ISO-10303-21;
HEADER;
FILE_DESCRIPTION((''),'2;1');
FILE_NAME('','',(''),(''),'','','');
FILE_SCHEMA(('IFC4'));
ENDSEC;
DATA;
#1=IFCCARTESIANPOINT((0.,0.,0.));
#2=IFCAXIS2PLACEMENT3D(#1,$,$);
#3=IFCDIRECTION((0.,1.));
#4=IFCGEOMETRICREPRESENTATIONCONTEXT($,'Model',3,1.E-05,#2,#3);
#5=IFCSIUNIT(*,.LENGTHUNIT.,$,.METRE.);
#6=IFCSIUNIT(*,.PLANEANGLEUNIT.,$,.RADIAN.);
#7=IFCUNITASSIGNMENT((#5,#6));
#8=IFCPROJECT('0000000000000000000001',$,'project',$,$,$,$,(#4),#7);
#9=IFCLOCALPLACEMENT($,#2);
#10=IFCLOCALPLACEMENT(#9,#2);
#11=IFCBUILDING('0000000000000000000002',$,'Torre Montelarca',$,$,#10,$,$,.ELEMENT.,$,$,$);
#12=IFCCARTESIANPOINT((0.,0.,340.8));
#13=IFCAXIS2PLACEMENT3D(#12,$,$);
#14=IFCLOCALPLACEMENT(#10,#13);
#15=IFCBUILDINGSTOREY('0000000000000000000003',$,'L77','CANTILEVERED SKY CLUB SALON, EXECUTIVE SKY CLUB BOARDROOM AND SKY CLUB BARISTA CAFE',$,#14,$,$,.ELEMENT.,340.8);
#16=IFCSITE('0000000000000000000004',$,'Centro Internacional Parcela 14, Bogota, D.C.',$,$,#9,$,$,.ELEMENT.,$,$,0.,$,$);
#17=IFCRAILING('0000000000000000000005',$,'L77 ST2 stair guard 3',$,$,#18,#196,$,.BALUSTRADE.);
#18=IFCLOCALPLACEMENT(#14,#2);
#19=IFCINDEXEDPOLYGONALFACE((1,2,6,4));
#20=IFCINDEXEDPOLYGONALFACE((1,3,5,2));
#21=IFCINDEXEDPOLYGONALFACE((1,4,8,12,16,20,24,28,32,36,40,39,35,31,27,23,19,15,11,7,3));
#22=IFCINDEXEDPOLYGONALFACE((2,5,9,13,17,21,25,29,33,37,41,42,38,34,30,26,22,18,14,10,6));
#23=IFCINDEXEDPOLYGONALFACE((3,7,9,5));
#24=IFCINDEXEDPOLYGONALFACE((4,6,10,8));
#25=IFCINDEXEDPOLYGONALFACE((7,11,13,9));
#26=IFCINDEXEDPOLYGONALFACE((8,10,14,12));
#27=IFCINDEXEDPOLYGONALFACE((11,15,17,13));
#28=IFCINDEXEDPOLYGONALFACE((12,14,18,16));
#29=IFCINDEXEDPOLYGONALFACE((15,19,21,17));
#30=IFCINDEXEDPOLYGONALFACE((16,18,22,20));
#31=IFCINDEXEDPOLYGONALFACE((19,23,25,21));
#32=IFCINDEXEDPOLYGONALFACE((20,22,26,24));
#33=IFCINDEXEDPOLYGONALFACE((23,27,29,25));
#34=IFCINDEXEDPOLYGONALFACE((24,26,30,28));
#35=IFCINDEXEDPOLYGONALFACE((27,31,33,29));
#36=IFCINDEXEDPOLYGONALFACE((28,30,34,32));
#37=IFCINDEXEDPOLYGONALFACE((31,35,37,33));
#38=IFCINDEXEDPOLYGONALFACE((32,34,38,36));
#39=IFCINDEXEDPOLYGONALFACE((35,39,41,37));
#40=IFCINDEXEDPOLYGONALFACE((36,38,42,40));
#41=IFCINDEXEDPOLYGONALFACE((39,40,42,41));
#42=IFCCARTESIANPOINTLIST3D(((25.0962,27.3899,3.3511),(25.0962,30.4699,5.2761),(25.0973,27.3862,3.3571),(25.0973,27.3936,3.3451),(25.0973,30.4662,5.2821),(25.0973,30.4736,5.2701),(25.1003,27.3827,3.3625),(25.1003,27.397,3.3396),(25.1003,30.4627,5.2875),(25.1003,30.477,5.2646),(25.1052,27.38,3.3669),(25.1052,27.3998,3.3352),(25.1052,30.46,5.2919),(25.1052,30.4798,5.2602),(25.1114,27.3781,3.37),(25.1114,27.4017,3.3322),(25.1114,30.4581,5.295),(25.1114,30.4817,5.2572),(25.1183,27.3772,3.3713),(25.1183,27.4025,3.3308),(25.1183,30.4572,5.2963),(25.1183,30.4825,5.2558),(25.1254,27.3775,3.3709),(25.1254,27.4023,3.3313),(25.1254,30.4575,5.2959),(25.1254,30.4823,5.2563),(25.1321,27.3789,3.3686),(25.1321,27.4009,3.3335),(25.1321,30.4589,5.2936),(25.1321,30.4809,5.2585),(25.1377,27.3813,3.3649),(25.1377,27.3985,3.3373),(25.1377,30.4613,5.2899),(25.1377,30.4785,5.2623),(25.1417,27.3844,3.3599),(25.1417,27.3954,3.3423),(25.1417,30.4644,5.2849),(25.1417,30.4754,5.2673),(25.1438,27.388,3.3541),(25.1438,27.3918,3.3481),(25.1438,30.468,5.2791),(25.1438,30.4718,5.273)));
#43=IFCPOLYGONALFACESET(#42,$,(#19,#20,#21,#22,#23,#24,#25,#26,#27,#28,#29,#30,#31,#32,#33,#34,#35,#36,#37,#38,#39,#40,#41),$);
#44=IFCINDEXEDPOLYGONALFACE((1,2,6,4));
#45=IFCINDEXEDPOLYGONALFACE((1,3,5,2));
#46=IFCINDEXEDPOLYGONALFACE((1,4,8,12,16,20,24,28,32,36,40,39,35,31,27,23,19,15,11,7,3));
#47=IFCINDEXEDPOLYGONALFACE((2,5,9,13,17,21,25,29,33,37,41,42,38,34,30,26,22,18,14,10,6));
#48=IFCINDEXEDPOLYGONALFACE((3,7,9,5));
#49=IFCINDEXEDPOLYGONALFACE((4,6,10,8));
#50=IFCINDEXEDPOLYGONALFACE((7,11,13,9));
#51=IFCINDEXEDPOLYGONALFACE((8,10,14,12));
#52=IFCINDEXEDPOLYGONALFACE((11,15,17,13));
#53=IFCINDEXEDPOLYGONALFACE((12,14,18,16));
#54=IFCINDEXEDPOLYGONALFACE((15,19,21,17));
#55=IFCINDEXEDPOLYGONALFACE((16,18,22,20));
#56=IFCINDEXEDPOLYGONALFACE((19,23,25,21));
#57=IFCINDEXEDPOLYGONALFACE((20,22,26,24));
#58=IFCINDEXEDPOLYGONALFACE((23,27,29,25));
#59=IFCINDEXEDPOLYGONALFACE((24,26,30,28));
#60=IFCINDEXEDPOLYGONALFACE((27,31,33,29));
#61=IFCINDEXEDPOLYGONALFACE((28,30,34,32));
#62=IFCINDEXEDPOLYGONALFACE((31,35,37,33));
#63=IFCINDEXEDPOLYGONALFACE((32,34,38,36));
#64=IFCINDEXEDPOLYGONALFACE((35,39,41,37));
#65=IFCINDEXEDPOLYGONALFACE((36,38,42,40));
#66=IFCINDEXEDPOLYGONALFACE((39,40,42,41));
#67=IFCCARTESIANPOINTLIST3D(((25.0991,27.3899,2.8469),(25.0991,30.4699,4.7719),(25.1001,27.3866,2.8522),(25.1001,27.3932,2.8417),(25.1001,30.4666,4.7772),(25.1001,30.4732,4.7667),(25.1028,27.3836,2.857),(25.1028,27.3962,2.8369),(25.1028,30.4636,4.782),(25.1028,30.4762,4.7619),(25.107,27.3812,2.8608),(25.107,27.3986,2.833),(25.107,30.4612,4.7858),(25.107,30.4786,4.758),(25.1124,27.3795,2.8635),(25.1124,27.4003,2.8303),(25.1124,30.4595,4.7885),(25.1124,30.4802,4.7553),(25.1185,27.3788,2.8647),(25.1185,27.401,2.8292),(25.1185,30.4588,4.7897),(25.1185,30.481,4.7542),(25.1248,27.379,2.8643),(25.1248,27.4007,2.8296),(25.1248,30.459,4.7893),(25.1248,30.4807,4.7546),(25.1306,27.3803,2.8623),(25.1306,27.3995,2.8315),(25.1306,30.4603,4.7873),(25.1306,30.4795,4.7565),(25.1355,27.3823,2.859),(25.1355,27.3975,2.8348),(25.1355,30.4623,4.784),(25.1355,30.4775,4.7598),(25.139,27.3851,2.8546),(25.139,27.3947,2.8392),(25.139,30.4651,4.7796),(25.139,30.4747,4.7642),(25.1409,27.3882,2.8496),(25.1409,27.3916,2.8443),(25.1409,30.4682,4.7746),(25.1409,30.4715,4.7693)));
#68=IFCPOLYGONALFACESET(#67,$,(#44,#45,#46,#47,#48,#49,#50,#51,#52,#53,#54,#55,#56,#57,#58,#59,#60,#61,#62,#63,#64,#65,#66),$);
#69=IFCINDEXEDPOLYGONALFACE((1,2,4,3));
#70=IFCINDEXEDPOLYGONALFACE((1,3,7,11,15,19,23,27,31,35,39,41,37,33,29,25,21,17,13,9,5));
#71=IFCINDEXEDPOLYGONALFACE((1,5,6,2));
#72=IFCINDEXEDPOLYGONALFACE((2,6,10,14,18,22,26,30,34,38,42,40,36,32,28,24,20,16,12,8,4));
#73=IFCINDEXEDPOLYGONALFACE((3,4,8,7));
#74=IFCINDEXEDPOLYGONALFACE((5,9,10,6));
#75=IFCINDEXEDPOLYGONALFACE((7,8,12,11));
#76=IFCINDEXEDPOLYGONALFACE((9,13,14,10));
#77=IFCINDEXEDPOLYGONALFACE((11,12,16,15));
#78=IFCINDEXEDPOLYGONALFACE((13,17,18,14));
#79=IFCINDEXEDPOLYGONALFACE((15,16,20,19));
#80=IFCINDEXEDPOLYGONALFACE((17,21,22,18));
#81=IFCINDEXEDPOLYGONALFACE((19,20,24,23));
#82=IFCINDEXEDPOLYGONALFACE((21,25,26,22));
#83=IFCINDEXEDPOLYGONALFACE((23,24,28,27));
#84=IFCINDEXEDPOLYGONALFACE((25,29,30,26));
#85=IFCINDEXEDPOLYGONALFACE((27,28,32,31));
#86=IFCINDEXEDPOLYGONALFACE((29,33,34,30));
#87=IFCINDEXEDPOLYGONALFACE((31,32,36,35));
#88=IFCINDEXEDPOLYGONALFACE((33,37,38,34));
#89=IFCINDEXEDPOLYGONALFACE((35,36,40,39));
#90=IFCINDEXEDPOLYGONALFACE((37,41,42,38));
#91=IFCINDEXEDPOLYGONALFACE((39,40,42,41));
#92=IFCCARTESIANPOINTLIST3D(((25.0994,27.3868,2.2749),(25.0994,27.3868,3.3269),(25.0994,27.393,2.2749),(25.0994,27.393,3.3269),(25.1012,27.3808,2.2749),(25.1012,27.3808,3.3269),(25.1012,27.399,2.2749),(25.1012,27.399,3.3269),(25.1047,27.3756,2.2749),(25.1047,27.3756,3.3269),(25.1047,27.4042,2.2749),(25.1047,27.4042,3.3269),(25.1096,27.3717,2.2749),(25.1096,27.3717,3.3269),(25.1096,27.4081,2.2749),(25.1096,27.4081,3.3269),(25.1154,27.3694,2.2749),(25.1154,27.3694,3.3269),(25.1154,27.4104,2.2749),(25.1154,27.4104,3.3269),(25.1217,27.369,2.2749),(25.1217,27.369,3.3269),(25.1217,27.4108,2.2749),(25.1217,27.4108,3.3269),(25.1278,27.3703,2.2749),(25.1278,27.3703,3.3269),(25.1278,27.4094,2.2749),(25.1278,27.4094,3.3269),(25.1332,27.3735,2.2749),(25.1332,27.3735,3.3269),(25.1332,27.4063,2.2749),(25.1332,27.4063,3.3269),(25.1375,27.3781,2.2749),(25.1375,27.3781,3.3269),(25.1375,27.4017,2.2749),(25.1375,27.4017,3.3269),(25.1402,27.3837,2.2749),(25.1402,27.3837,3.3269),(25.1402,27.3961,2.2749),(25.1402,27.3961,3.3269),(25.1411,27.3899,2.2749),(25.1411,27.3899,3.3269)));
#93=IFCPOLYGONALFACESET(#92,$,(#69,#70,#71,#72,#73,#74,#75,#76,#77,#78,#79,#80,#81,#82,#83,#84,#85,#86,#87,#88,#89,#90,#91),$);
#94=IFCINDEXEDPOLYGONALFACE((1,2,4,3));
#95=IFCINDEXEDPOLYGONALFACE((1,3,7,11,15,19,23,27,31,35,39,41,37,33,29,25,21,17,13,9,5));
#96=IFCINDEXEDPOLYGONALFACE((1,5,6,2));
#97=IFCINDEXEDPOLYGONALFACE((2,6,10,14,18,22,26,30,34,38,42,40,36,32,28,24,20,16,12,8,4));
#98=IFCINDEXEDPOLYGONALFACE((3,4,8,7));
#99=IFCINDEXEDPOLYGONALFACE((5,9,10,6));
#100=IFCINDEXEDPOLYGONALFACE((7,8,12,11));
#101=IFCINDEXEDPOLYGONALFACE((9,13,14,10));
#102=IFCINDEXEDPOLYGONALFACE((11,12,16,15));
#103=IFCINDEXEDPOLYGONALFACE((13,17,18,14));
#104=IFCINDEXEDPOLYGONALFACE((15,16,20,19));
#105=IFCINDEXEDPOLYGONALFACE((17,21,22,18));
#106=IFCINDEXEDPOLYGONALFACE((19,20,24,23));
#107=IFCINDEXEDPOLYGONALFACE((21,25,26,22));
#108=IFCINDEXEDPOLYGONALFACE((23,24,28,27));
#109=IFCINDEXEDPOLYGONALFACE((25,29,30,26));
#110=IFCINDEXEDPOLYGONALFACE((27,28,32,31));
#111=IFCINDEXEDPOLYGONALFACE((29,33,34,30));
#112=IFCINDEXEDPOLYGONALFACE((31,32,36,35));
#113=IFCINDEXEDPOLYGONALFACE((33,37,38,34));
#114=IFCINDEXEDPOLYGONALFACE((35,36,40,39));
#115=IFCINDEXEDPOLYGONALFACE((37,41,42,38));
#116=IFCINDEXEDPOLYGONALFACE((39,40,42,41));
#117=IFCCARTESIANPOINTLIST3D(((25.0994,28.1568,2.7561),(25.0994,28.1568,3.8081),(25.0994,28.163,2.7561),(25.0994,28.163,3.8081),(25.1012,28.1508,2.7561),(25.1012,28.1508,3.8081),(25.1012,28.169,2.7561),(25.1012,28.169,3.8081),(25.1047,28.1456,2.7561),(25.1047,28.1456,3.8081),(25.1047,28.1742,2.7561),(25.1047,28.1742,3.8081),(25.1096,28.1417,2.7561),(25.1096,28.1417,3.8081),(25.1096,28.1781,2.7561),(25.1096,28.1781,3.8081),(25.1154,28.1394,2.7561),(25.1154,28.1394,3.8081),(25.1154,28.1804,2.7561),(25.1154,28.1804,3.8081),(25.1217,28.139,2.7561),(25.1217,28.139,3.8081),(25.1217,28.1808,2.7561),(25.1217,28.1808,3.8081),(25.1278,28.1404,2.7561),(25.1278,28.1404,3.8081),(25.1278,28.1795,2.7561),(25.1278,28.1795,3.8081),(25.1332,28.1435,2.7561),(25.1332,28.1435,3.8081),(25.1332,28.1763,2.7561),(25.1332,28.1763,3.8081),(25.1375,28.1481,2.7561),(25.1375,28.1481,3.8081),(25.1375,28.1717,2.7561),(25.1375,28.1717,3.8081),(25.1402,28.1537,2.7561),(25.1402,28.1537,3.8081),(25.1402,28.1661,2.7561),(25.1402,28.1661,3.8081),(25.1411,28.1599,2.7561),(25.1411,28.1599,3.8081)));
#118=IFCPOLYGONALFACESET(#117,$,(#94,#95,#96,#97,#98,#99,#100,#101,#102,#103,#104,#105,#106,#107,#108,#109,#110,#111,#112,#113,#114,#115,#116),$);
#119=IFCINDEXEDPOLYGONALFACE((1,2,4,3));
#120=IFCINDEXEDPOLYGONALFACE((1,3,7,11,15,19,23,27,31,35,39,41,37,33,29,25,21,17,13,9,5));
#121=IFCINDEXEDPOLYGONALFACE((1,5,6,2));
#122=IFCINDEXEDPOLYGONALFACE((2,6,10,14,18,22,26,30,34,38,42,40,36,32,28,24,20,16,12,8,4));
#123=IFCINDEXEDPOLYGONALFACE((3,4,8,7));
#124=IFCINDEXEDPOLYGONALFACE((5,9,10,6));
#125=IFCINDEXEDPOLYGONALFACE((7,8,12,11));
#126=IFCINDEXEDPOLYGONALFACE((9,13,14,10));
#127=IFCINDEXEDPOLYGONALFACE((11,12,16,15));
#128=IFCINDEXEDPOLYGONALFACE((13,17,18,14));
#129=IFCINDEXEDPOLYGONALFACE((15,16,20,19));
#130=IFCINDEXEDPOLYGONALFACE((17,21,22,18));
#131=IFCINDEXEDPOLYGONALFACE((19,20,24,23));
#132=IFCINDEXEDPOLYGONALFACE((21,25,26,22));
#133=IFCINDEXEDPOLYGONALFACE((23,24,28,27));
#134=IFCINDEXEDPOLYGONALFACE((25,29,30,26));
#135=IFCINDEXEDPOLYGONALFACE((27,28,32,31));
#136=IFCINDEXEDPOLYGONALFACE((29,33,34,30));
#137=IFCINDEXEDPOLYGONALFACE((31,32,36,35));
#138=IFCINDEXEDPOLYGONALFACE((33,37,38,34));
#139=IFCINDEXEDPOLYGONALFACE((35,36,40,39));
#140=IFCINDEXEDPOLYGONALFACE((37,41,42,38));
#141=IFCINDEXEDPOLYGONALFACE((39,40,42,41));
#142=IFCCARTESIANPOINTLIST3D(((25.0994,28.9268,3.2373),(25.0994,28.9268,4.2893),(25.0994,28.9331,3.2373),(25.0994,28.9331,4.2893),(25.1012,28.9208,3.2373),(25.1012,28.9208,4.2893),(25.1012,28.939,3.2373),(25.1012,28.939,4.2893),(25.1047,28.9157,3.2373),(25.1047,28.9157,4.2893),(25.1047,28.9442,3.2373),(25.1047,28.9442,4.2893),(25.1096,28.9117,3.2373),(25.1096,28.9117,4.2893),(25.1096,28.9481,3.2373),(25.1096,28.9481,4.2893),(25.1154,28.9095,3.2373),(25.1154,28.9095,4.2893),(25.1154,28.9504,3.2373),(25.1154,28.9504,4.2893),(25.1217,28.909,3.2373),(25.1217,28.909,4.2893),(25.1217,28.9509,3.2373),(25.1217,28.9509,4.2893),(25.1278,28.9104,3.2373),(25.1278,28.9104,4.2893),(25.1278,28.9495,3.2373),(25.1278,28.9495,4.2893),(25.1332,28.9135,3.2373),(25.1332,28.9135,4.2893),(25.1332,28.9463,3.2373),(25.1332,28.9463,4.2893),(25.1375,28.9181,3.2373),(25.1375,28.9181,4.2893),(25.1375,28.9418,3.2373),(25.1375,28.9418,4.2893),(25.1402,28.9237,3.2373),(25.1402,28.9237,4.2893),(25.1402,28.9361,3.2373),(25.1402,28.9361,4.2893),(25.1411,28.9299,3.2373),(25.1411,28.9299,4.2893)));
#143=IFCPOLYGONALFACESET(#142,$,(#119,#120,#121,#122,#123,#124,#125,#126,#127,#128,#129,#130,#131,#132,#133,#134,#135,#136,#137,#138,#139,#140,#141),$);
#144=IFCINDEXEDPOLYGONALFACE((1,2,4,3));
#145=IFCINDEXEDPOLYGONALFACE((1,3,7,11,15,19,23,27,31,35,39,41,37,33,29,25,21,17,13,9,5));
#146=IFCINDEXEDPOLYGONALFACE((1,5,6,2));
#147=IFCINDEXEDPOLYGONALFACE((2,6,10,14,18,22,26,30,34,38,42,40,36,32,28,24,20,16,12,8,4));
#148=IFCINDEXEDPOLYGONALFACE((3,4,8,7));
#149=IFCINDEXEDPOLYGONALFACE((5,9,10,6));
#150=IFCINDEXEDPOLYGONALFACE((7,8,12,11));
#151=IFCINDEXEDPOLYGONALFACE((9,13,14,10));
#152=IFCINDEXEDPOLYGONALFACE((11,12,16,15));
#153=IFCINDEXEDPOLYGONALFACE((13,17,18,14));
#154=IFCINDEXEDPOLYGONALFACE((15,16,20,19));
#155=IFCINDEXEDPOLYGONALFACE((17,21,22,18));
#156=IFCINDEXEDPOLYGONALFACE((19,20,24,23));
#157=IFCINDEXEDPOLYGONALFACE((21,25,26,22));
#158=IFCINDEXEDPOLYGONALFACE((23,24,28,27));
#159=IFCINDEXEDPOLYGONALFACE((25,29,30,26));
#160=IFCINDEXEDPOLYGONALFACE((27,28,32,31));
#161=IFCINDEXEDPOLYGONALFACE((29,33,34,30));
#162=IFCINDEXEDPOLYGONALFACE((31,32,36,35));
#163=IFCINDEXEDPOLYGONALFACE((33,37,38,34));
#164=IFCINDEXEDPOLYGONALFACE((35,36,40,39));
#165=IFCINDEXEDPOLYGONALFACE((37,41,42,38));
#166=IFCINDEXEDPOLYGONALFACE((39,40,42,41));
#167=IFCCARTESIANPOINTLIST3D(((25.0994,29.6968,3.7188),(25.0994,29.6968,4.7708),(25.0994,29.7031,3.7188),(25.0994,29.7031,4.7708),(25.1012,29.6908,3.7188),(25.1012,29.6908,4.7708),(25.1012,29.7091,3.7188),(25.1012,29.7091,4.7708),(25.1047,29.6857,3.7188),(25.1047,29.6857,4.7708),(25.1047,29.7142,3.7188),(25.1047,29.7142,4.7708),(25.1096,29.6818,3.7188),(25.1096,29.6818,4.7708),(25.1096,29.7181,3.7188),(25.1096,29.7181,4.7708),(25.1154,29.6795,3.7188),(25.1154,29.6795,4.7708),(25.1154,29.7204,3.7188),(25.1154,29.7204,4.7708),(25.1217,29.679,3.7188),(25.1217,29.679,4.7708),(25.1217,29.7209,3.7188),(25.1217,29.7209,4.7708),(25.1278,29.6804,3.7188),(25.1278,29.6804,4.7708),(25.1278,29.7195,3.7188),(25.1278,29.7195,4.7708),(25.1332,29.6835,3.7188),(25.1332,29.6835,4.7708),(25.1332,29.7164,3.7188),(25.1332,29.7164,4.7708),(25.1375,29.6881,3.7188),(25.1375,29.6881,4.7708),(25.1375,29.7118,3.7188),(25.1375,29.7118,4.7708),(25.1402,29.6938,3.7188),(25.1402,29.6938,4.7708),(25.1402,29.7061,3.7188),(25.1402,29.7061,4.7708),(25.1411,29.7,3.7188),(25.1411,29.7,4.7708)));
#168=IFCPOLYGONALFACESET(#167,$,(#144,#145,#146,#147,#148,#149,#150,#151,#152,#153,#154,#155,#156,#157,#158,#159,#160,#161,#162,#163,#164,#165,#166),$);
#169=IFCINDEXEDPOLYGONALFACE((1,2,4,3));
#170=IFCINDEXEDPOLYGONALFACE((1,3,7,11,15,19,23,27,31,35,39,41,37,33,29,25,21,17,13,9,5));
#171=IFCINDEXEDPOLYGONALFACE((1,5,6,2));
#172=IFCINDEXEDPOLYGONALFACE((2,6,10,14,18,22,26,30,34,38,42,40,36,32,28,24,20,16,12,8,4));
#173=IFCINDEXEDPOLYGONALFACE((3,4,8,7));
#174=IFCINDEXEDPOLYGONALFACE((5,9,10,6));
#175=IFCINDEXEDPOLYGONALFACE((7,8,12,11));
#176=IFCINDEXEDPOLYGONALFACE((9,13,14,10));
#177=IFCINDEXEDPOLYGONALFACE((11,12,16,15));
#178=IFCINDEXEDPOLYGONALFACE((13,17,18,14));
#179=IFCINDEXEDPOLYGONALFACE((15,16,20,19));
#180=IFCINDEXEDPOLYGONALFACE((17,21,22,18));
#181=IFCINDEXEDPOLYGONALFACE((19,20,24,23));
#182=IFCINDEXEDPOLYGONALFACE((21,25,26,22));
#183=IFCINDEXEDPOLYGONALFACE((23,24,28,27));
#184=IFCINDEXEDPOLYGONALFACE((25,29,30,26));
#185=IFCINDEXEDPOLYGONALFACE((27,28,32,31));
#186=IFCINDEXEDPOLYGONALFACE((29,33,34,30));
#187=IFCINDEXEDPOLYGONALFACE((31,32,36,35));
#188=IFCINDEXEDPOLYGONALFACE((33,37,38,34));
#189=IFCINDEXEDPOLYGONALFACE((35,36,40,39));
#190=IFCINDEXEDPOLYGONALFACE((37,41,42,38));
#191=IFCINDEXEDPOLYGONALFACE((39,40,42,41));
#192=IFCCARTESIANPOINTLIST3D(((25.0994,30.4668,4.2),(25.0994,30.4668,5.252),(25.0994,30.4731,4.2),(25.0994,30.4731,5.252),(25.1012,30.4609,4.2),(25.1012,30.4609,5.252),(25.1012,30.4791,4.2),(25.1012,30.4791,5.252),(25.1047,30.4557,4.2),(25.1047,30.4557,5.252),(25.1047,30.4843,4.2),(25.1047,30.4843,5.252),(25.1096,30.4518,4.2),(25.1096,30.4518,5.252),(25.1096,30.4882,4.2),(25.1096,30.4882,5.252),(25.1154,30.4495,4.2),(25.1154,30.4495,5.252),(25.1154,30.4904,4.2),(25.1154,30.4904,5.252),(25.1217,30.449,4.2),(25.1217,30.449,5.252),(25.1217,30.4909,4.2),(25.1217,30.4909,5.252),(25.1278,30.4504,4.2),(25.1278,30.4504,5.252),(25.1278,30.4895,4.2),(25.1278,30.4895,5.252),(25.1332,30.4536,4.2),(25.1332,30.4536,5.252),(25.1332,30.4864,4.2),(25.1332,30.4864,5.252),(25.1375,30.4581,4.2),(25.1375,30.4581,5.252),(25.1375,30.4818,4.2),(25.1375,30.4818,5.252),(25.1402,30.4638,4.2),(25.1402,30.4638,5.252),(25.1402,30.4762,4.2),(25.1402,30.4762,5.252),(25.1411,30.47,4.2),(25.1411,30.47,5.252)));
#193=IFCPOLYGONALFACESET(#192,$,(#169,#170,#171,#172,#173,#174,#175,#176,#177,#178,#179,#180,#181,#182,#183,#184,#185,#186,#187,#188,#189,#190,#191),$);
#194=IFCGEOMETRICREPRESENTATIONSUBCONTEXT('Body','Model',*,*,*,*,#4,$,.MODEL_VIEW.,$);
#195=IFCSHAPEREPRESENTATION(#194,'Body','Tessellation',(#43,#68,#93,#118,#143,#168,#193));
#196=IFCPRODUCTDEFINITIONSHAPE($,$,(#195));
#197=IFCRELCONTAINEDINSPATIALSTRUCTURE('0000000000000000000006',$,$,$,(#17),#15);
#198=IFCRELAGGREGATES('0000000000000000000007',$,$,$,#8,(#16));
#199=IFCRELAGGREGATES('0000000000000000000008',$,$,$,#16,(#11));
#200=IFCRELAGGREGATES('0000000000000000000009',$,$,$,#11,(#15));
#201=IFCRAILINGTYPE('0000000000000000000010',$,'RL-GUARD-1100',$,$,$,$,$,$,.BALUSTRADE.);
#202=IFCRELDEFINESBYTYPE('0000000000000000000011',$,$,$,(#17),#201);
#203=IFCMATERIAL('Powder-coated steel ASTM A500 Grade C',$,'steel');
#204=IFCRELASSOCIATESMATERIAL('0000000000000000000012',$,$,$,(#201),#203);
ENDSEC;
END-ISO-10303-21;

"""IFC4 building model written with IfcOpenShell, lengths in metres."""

from ifc_helpers import new_model, si_unit, direction, frame, origin, origin_2d, place, context, subcontext, project, spatial, circle, extrude, material, type_object, element, save


model = new_model("IFC4")

# Units and contexts
model_context = context("Model", 3, precision=1e-05, world=origin(), true_north=direction((0.0, 1.0)))
body_context = subcontext(model_context, "Body", "Model", "MODEL_VIEW")
ifc_project = project(units=[si_unit("LENGTHUNIT", "METRE"), si_unit("PLANEANGLEUNIT", "RADIAN")], contexts=[model_context])

# Site, building, storey
site_placement = place(None, origin())
site = spatial("IfcSite", under=ifc_project, at=site_placement, Name="Centro Internacional Parcela 14, Bogota, D.C.", CompositionType="ELEMENT", RefElevation=0.0)
building_placement = place(site_placement, origin())
building = spatial("IfcBuilding", under=site, at=building_placement, Name="Torre Montelarca", CompositionType="ELEMENT")
storey_placement = place(building_placement, frame((0.0, 0.0, 340.8)))
storey = spatial("IfcBuildingStorey", under=building, at=storey_placement, Name="L77", Description="CANTILEVERED SKY CLUB SALON, EXECUTIVE SKY CLUB BOARDROOM AND SKY CLUB BARISTA CAFE", CompositionType="ELEMENT", Elevation=340.8)

# Railing
ifc_material_1 = material(Name="Powder-coated steel ASTM A500 Grade C", Category="steel")
railing_type_1 = type_object("IfcRailingType", Name="RL-GUARD-1100", PredefinedType="BALUSTRADE", material=ifc_material_1)
railing_1_placement = place(storey_placement, frame((25.1201, 27.3899, 2.2749)))
element("IfcRailing", 1, at=railing_1_placement, inside=storey, type_object=railing_type_1, Name="L77 ST2 stair guard 3", PredefinedType="BALUSTRADE", context=body_context, shape_type="SweptSolid", body=[
    extrude(circle(Radius=0.0239, at=origin_2d()), frame((0.0, 0.0, 1.0762), z_axis=(0.0, 0.847998, 0.529999), x_axis=(-1.0, 0.0, 0.0)), (0.0, 0.0, 1.0), 3.6321),
    extrude(circle(Radius=0.021, at=origin_2d()), frame((0.0, 0.0, 0.572), z_axis=(0.0, 0.847998, 0.529999), x_axis=(-1.0, 0.0, 0.0)), (0.0, 0.0, 1.0), 3.6321),
    extrude(circle(Radius=0.021, at=origin_2d()), origin(), (0.0, 0.0, 1.0), 1.052),
    extrude(circle(Radius=0.021, at=origin_2d()), frame((0.0, 0.77, 0.4812)), (0.0, 0.0, 1.0), 1.052),
    extrude(circle(Radius=0.021, at=origin_2d()), frame((0.0, 1.54, 0.9624)), (0.0, 0.0, 1.0), 1.052),
    extrude(circle(Radius=0.021, at=origin_2d()), frame((0.0, 2.3101, 1.4438)), (0.0, 0.0, 1.0), 1.052),
    extrude(circle(Radius=0.021, at=origin_2d()), frame((0.0, 3.0801, 1.925)), (0.0, 0.0, 1.0), 1.052),
])

save(model, "model.ifc")
